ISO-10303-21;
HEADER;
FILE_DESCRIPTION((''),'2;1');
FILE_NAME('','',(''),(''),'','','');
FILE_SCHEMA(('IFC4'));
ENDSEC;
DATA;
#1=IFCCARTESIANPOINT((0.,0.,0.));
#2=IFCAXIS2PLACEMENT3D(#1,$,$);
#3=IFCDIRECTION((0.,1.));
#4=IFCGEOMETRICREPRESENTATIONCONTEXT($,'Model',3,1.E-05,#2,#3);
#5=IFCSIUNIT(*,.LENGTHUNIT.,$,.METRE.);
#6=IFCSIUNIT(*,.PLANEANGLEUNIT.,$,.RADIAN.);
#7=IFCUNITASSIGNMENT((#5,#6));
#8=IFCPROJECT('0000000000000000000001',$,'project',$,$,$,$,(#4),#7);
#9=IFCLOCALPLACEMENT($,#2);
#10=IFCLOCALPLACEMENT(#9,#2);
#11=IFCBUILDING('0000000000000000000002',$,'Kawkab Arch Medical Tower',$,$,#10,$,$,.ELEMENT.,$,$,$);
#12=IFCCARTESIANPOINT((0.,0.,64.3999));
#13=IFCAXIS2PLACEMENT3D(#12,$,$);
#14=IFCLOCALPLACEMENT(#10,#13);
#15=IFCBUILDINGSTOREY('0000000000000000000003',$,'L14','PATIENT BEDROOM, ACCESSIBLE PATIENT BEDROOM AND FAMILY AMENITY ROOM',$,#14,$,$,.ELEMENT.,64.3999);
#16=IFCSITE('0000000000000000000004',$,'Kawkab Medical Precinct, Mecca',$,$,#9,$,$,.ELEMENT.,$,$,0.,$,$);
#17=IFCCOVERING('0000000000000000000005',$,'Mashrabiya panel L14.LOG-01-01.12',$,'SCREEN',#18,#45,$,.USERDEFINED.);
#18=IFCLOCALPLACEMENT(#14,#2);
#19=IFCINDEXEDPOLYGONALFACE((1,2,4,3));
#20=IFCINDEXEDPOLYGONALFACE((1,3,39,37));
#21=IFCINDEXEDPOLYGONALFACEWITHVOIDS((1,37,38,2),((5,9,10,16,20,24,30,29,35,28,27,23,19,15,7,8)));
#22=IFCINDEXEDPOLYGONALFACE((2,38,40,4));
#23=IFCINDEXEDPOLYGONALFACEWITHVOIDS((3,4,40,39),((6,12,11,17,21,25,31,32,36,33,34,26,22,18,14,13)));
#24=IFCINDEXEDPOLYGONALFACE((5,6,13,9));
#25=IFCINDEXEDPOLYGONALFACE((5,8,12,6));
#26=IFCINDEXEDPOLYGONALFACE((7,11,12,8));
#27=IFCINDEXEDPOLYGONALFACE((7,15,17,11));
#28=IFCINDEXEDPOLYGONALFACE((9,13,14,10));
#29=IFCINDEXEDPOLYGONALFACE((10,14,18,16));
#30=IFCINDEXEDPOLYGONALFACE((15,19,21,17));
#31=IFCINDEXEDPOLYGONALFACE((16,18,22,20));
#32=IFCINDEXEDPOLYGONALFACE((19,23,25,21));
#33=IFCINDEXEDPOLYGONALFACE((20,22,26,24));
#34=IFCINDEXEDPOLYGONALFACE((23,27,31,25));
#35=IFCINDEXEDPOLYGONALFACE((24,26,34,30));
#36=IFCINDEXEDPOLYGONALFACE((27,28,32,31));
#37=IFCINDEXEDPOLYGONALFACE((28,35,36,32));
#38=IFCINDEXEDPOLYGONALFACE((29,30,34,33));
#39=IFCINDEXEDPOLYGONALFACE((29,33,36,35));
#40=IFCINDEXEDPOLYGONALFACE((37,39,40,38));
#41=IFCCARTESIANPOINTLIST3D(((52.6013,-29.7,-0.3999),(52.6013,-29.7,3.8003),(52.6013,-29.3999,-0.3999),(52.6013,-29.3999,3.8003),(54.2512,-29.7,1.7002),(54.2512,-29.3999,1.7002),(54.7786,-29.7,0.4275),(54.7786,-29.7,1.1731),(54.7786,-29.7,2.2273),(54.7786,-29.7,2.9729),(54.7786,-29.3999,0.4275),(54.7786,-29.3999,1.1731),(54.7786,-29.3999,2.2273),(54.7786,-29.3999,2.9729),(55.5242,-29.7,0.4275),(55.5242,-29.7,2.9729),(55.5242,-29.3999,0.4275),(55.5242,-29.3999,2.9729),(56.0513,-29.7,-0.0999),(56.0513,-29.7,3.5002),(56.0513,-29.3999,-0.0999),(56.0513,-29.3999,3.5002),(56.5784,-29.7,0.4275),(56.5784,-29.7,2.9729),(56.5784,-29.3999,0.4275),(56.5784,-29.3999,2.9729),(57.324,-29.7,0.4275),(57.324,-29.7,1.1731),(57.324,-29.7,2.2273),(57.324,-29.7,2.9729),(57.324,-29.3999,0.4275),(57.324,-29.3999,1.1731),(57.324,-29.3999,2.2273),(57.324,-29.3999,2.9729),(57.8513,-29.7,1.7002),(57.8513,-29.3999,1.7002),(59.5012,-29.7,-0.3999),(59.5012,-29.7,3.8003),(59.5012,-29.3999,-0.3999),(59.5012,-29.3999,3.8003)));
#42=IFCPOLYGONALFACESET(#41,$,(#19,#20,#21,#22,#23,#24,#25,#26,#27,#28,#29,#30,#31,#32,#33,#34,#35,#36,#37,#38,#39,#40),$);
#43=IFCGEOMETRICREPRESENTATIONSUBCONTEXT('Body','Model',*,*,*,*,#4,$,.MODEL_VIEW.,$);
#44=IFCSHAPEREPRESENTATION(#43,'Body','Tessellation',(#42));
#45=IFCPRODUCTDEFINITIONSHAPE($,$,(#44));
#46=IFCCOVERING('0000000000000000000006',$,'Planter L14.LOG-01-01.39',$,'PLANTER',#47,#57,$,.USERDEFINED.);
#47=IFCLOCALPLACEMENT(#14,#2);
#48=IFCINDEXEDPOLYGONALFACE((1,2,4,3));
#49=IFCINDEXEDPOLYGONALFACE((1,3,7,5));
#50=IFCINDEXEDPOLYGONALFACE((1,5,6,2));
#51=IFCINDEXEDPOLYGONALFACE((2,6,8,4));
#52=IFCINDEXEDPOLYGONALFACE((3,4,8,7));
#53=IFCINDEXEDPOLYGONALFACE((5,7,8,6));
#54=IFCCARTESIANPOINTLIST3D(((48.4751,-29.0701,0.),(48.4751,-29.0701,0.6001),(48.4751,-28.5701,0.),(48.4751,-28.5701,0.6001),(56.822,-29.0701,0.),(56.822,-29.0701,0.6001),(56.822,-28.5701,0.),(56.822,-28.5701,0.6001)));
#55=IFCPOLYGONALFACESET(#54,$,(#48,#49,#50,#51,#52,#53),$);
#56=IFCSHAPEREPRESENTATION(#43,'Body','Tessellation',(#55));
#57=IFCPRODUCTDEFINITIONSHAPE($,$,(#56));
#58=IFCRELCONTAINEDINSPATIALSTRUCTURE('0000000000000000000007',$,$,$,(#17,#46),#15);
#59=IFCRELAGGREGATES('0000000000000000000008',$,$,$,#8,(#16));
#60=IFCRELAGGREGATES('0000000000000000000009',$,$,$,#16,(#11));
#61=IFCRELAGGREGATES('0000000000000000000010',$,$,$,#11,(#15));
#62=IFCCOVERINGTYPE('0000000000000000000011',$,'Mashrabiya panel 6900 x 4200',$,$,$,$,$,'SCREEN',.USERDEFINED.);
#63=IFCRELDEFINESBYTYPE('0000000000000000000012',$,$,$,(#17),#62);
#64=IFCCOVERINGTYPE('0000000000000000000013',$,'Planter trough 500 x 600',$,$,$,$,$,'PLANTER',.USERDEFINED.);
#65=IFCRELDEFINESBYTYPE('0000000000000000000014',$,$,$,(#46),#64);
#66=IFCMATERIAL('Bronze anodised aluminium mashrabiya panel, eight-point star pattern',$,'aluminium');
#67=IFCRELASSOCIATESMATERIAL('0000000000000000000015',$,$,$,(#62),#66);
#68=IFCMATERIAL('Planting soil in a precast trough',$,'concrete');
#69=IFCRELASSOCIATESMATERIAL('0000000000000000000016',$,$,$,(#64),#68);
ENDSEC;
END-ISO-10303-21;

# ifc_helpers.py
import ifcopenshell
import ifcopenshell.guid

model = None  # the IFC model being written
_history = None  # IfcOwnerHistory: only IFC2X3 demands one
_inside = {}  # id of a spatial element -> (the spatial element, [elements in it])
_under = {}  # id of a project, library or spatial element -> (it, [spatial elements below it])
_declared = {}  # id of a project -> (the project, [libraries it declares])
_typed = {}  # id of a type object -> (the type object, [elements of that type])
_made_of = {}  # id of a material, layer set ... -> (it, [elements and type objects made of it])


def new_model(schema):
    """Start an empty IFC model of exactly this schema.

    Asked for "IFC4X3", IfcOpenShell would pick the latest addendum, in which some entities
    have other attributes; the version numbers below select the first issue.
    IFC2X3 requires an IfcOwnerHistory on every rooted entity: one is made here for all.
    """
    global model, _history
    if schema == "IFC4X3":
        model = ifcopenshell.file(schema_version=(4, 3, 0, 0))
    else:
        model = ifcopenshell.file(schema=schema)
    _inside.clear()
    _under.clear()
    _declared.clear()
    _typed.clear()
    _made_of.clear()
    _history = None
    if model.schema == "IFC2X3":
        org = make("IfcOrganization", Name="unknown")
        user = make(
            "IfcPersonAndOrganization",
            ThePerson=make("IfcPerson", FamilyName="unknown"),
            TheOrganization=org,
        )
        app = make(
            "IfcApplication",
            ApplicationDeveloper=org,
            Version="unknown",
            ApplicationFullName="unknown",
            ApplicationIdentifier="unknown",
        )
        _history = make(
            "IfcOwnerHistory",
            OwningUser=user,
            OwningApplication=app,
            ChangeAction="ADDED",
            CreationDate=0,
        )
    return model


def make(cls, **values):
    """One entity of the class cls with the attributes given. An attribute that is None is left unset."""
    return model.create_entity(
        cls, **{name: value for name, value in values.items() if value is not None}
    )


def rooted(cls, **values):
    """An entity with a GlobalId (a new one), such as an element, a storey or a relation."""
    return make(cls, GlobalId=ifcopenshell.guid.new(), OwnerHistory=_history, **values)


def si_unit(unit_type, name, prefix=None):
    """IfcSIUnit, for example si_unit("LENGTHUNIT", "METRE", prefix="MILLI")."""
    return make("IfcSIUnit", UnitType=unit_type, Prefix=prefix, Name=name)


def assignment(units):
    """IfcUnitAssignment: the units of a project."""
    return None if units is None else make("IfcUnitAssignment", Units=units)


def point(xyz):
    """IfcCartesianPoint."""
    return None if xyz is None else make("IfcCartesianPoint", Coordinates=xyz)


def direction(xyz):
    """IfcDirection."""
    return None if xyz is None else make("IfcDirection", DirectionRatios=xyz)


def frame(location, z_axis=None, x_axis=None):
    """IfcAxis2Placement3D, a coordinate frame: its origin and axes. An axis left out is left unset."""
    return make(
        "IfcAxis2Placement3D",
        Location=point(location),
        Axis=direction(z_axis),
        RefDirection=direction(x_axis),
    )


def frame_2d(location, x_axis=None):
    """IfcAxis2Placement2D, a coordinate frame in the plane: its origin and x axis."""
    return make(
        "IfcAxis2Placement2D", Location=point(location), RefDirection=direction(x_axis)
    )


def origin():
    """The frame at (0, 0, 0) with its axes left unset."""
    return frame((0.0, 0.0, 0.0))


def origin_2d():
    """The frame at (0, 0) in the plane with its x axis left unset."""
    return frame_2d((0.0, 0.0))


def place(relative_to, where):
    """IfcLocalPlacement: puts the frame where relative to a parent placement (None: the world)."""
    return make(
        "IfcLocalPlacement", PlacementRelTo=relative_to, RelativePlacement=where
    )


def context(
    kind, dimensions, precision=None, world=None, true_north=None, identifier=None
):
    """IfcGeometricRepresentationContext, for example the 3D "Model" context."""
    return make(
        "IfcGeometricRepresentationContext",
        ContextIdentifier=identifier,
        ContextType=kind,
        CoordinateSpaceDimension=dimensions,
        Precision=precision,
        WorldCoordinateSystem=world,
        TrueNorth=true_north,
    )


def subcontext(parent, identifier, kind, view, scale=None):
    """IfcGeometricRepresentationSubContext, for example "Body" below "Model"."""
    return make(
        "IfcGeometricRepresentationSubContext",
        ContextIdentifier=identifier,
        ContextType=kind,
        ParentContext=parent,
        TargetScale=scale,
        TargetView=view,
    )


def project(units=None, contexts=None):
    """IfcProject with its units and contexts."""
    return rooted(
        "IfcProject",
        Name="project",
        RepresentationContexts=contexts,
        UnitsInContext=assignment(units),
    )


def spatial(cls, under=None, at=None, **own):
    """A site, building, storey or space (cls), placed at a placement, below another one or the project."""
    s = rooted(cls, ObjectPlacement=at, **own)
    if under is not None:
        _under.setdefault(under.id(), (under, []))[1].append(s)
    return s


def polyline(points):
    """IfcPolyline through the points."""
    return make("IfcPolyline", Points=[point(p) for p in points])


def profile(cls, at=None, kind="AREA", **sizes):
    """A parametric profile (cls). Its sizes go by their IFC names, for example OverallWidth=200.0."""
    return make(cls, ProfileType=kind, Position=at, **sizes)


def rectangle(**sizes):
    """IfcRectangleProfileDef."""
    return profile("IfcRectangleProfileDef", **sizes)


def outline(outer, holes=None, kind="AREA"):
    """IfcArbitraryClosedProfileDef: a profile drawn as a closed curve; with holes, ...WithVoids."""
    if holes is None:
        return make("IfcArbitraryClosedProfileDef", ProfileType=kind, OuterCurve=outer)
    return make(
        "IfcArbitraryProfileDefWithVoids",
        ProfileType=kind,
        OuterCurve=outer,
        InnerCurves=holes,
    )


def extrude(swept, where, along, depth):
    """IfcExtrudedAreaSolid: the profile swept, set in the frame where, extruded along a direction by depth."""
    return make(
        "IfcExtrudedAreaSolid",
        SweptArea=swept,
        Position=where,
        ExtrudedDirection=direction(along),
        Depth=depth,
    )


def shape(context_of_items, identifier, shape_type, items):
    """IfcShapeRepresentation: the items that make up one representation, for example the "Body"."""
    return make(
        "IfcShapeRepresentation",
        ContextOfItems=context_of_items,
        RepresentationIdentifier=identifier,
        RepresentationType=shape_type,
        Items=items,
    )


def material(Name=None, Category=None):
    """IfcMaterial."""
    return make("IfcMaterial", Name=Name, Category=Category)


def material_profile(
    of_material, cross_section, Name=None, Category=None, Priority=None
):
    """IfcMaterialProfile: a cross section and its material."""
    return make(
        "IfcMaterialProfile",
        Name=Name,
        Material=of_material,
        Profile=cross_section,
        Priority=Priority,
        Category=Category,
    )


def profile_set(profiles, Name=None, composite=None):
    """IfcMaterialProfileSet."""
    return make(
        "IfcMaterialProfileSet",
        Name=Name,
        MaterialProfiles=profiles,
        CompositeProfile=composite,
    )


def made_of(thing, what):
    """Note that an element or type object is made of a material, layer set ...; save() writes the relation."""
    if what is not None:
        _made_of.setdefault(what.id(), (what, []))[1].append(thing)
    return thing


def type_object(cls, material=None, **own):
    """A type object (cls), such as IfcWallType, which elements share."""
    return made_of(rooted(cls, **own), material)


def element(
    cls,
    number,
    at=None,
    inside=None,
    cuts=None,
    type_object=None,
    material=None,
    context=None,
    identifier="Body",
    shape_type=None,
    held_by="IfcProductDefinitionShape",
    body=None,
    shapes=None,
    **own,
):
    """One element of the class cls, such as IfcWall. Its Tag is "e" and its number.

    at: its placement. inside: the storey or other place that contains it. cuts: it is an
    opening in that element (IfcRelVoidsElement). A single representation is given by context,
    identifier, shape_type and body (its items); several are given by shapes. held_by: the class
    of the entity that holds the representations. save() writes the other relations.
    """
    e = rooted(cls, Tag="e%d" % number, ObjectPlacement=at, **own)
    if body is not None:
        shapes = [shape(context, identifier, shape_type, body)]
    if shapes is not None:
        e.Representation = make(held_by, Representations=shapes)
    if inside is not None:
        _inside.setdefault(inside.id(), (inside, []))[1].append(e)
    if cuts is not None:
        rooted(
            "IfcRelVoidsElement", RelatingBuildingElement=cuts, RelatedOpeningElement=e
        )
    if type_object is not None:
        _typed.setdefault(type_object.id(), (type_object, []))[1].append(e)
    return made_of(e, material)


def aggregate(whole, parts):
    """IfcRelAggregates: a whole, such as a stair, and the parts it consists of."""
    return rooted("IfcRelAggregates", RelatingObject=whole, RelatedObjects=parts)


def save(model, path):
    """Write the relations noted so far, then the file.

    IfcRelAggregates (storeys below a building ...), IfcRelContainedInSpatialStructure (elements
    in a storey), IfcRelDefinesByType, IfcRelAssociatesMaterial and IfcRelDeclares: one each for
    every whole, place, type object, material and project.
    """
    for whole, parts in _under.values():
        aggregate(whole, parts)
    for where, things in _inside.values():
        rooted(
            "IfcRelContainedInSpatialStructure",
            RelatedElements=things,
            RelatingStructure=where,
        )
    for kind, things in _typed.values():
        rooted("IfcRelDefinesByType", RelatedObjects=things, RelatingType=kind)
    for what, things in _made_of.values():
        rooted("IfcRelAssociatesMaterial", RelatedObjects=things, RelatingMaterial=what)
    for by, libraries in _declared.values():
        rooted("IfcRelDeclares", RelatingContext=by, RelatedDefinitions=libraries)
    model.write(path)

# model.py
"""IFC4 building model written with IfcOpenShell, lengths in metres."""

from ifc_helpers import new_model, si_unit, direction, frame, origin, origin_2d, place, context, subcontext, project, spatial, polyline, rectangle, outline, extrude, material, material_profile, profile_set, type_object, element, save


model = new_model("IFC4")

# Units and contexts
model_context = context("Model", 3, precision=1e-05, world=origin(), true_north=direction((0.0, 1.0)))
body_context = subcontext(model_context, "Body", "Model", "MODEL_VIEW")
ifc_project = project(units=[si_unit("LENGTHUNIT", "METRE"), si_unit("PLANEANGLEUNIT", "RADIAN")], contexts=[model_context])

# Site, building, storey
site_placement = place(None, origin())
site = spatial("IfcSite", under=ifc_project, at=site_placement, Name="Kawkab Medical Precinct, Mecca", CompositionType="ELEMENT", RefElevation=0.0)
building_placement = place(site_placement, origin())
building = spatial("IfcBuilding", under=site, at=building_placement, Name="Kawkab Arch Medical Tower", CompositionType="ELEMENT")
storey_placement = place(building_placement, frame((0.0, 0.0, 64.3999)))
storey = spatial("IfcBuildingStorey", under=building, at=storey_placement, Name="L14", Description="PATIENT BEDROOM, ACCESSIBLE PATIENT BEDROOM AND FAMILY AMENITY ROOM", CompositionType="ELEMENT", Elevation=64.3999)

# Coverings
ifc_material_1 = material(Name="Bronze anodised aluminium mashrabiya panel, eight-point star pattern", Category="aluminium")
ifc_material_profile_1 = material_profile(ifc_material_1, outline(polyline([(-3.45, -2.1001), (3.45, -2.1001), (3.45, 2.1001), (-3.45, 2.1001), (-3.45, -2.1001)]), holes=[polyline([(1.8, 0.0), (1.2727, 0.5271), (1.2727, 1.2727), (0.5271, 1.2727), (0.0, 1.8), (-0.5271, 1.2727), (-1.2727, 1.2727), (-1.2727, 0.5271), (-1.8, 0.0), (-1.2727, -0.5271), (-1.2727, -1.2727), (-0.5271, -1.2727), (0.0, -1.8), (0.5271, -1.2727), (1.2727, -1.2727), (1.2727, -0.5271), (1.8, 0.0)])]), Name="Mashrabiya panel 6900x4200")
ifc_profile_set_1 = profile_set([ifc_material_profile_1], Name="Bronze anodised aluminium mashrabiya panel, eight-point star pattern")
covering_type_1 = type_object("IfcCoveringType", Name="Mashrabiya panel 6900 x 4200", ElementType="SCREEN", PredefinedType="USERDEFINED", material=ifc_profile_set_1)
covering_1_placement = place(storey_placement, frame((56.0513, -29.3999, 1.7002), z_axis=(0.0, -1.0, 0.0), x_axis=(1.0, 0.0, 0.0)))
element("IfcCovering", 1, at=covering_1_placement, inside=storey, type_object=covering_type_1, Name="Mashrabiya panel L14.LOG-01-01.12", ObjectType="SCREEN", PredefinedType="USERDEFINED", context=body_context, shape_type="SweptSolid", body=[
    extrude(outline(polyline([(-3.45, -2.1001), (3.45, -2.1001), (3.45, 2.1001), (-3.45, 2.1001), (-3.45, -2.1001)]), holes=[polyline([(1.8, 0.0), (1.2727, 0.5271), (1.2727, 1.2727), (0.5271, 1.2727), (0.0, 1.8), (-0.5271, 1.2727), (-1.2727, 1.2727), (-1.2727, 0.5271), (-1.8, 0.0), (-1.2727, -0.5271), (-1.2727, -1.2727), (-0.5271, -1.2727), (0.0, -1.8), (0.5271, -1.2727), (1.2727, -1.2727), (1.2727, -0.5271), (1.8, 0.0)])]), origin(), (0.0, 0.0, 1.0), 0.3),
])
ifc_material_2 = material(Name="Planting soil in a precast trough", Category="concrete")
ifc_material_profile_2 = material_profile(ifc_material_2, rectangle(XDim=0.5, YDim=0.6001, at=origin_2d()), Name="Trough 500x600")
ifc_profile_set_2 = profile_set([ifc_material_profile_2], Name="Planting soil in a precast trough")
covering_type_2 = type_object("IfcCoveringType", Name="Planter trough 500 x 600", ElementType="PLANTER", PredefinedType="USERDEFINED", material=ifc_profile_set_2)
covering_2_placement = place(storey_placement, frame((56.822, -28.8201, 0.3), z_axis=(-1.0, 0.0, 0.0), x_axis=(0.0, -1.0, 0.0)))
element("IfcCovering", 2, at=covering_2_placement, inside=storey, type_object=covering_type_2, Name="Planter L14.LOG-01-01.39", ObjectType="PLANTER", PredefinedType="USERDEFINED", context=body_context, shape_type="SweptSolid", body=[
    extrude(rectangle(XDim=0.5, YDim=0.6001, at=origin_2d()), origin(), (0.0, 0.0, 1.0), 8.3469),
])

save(model, "model.ifc")
